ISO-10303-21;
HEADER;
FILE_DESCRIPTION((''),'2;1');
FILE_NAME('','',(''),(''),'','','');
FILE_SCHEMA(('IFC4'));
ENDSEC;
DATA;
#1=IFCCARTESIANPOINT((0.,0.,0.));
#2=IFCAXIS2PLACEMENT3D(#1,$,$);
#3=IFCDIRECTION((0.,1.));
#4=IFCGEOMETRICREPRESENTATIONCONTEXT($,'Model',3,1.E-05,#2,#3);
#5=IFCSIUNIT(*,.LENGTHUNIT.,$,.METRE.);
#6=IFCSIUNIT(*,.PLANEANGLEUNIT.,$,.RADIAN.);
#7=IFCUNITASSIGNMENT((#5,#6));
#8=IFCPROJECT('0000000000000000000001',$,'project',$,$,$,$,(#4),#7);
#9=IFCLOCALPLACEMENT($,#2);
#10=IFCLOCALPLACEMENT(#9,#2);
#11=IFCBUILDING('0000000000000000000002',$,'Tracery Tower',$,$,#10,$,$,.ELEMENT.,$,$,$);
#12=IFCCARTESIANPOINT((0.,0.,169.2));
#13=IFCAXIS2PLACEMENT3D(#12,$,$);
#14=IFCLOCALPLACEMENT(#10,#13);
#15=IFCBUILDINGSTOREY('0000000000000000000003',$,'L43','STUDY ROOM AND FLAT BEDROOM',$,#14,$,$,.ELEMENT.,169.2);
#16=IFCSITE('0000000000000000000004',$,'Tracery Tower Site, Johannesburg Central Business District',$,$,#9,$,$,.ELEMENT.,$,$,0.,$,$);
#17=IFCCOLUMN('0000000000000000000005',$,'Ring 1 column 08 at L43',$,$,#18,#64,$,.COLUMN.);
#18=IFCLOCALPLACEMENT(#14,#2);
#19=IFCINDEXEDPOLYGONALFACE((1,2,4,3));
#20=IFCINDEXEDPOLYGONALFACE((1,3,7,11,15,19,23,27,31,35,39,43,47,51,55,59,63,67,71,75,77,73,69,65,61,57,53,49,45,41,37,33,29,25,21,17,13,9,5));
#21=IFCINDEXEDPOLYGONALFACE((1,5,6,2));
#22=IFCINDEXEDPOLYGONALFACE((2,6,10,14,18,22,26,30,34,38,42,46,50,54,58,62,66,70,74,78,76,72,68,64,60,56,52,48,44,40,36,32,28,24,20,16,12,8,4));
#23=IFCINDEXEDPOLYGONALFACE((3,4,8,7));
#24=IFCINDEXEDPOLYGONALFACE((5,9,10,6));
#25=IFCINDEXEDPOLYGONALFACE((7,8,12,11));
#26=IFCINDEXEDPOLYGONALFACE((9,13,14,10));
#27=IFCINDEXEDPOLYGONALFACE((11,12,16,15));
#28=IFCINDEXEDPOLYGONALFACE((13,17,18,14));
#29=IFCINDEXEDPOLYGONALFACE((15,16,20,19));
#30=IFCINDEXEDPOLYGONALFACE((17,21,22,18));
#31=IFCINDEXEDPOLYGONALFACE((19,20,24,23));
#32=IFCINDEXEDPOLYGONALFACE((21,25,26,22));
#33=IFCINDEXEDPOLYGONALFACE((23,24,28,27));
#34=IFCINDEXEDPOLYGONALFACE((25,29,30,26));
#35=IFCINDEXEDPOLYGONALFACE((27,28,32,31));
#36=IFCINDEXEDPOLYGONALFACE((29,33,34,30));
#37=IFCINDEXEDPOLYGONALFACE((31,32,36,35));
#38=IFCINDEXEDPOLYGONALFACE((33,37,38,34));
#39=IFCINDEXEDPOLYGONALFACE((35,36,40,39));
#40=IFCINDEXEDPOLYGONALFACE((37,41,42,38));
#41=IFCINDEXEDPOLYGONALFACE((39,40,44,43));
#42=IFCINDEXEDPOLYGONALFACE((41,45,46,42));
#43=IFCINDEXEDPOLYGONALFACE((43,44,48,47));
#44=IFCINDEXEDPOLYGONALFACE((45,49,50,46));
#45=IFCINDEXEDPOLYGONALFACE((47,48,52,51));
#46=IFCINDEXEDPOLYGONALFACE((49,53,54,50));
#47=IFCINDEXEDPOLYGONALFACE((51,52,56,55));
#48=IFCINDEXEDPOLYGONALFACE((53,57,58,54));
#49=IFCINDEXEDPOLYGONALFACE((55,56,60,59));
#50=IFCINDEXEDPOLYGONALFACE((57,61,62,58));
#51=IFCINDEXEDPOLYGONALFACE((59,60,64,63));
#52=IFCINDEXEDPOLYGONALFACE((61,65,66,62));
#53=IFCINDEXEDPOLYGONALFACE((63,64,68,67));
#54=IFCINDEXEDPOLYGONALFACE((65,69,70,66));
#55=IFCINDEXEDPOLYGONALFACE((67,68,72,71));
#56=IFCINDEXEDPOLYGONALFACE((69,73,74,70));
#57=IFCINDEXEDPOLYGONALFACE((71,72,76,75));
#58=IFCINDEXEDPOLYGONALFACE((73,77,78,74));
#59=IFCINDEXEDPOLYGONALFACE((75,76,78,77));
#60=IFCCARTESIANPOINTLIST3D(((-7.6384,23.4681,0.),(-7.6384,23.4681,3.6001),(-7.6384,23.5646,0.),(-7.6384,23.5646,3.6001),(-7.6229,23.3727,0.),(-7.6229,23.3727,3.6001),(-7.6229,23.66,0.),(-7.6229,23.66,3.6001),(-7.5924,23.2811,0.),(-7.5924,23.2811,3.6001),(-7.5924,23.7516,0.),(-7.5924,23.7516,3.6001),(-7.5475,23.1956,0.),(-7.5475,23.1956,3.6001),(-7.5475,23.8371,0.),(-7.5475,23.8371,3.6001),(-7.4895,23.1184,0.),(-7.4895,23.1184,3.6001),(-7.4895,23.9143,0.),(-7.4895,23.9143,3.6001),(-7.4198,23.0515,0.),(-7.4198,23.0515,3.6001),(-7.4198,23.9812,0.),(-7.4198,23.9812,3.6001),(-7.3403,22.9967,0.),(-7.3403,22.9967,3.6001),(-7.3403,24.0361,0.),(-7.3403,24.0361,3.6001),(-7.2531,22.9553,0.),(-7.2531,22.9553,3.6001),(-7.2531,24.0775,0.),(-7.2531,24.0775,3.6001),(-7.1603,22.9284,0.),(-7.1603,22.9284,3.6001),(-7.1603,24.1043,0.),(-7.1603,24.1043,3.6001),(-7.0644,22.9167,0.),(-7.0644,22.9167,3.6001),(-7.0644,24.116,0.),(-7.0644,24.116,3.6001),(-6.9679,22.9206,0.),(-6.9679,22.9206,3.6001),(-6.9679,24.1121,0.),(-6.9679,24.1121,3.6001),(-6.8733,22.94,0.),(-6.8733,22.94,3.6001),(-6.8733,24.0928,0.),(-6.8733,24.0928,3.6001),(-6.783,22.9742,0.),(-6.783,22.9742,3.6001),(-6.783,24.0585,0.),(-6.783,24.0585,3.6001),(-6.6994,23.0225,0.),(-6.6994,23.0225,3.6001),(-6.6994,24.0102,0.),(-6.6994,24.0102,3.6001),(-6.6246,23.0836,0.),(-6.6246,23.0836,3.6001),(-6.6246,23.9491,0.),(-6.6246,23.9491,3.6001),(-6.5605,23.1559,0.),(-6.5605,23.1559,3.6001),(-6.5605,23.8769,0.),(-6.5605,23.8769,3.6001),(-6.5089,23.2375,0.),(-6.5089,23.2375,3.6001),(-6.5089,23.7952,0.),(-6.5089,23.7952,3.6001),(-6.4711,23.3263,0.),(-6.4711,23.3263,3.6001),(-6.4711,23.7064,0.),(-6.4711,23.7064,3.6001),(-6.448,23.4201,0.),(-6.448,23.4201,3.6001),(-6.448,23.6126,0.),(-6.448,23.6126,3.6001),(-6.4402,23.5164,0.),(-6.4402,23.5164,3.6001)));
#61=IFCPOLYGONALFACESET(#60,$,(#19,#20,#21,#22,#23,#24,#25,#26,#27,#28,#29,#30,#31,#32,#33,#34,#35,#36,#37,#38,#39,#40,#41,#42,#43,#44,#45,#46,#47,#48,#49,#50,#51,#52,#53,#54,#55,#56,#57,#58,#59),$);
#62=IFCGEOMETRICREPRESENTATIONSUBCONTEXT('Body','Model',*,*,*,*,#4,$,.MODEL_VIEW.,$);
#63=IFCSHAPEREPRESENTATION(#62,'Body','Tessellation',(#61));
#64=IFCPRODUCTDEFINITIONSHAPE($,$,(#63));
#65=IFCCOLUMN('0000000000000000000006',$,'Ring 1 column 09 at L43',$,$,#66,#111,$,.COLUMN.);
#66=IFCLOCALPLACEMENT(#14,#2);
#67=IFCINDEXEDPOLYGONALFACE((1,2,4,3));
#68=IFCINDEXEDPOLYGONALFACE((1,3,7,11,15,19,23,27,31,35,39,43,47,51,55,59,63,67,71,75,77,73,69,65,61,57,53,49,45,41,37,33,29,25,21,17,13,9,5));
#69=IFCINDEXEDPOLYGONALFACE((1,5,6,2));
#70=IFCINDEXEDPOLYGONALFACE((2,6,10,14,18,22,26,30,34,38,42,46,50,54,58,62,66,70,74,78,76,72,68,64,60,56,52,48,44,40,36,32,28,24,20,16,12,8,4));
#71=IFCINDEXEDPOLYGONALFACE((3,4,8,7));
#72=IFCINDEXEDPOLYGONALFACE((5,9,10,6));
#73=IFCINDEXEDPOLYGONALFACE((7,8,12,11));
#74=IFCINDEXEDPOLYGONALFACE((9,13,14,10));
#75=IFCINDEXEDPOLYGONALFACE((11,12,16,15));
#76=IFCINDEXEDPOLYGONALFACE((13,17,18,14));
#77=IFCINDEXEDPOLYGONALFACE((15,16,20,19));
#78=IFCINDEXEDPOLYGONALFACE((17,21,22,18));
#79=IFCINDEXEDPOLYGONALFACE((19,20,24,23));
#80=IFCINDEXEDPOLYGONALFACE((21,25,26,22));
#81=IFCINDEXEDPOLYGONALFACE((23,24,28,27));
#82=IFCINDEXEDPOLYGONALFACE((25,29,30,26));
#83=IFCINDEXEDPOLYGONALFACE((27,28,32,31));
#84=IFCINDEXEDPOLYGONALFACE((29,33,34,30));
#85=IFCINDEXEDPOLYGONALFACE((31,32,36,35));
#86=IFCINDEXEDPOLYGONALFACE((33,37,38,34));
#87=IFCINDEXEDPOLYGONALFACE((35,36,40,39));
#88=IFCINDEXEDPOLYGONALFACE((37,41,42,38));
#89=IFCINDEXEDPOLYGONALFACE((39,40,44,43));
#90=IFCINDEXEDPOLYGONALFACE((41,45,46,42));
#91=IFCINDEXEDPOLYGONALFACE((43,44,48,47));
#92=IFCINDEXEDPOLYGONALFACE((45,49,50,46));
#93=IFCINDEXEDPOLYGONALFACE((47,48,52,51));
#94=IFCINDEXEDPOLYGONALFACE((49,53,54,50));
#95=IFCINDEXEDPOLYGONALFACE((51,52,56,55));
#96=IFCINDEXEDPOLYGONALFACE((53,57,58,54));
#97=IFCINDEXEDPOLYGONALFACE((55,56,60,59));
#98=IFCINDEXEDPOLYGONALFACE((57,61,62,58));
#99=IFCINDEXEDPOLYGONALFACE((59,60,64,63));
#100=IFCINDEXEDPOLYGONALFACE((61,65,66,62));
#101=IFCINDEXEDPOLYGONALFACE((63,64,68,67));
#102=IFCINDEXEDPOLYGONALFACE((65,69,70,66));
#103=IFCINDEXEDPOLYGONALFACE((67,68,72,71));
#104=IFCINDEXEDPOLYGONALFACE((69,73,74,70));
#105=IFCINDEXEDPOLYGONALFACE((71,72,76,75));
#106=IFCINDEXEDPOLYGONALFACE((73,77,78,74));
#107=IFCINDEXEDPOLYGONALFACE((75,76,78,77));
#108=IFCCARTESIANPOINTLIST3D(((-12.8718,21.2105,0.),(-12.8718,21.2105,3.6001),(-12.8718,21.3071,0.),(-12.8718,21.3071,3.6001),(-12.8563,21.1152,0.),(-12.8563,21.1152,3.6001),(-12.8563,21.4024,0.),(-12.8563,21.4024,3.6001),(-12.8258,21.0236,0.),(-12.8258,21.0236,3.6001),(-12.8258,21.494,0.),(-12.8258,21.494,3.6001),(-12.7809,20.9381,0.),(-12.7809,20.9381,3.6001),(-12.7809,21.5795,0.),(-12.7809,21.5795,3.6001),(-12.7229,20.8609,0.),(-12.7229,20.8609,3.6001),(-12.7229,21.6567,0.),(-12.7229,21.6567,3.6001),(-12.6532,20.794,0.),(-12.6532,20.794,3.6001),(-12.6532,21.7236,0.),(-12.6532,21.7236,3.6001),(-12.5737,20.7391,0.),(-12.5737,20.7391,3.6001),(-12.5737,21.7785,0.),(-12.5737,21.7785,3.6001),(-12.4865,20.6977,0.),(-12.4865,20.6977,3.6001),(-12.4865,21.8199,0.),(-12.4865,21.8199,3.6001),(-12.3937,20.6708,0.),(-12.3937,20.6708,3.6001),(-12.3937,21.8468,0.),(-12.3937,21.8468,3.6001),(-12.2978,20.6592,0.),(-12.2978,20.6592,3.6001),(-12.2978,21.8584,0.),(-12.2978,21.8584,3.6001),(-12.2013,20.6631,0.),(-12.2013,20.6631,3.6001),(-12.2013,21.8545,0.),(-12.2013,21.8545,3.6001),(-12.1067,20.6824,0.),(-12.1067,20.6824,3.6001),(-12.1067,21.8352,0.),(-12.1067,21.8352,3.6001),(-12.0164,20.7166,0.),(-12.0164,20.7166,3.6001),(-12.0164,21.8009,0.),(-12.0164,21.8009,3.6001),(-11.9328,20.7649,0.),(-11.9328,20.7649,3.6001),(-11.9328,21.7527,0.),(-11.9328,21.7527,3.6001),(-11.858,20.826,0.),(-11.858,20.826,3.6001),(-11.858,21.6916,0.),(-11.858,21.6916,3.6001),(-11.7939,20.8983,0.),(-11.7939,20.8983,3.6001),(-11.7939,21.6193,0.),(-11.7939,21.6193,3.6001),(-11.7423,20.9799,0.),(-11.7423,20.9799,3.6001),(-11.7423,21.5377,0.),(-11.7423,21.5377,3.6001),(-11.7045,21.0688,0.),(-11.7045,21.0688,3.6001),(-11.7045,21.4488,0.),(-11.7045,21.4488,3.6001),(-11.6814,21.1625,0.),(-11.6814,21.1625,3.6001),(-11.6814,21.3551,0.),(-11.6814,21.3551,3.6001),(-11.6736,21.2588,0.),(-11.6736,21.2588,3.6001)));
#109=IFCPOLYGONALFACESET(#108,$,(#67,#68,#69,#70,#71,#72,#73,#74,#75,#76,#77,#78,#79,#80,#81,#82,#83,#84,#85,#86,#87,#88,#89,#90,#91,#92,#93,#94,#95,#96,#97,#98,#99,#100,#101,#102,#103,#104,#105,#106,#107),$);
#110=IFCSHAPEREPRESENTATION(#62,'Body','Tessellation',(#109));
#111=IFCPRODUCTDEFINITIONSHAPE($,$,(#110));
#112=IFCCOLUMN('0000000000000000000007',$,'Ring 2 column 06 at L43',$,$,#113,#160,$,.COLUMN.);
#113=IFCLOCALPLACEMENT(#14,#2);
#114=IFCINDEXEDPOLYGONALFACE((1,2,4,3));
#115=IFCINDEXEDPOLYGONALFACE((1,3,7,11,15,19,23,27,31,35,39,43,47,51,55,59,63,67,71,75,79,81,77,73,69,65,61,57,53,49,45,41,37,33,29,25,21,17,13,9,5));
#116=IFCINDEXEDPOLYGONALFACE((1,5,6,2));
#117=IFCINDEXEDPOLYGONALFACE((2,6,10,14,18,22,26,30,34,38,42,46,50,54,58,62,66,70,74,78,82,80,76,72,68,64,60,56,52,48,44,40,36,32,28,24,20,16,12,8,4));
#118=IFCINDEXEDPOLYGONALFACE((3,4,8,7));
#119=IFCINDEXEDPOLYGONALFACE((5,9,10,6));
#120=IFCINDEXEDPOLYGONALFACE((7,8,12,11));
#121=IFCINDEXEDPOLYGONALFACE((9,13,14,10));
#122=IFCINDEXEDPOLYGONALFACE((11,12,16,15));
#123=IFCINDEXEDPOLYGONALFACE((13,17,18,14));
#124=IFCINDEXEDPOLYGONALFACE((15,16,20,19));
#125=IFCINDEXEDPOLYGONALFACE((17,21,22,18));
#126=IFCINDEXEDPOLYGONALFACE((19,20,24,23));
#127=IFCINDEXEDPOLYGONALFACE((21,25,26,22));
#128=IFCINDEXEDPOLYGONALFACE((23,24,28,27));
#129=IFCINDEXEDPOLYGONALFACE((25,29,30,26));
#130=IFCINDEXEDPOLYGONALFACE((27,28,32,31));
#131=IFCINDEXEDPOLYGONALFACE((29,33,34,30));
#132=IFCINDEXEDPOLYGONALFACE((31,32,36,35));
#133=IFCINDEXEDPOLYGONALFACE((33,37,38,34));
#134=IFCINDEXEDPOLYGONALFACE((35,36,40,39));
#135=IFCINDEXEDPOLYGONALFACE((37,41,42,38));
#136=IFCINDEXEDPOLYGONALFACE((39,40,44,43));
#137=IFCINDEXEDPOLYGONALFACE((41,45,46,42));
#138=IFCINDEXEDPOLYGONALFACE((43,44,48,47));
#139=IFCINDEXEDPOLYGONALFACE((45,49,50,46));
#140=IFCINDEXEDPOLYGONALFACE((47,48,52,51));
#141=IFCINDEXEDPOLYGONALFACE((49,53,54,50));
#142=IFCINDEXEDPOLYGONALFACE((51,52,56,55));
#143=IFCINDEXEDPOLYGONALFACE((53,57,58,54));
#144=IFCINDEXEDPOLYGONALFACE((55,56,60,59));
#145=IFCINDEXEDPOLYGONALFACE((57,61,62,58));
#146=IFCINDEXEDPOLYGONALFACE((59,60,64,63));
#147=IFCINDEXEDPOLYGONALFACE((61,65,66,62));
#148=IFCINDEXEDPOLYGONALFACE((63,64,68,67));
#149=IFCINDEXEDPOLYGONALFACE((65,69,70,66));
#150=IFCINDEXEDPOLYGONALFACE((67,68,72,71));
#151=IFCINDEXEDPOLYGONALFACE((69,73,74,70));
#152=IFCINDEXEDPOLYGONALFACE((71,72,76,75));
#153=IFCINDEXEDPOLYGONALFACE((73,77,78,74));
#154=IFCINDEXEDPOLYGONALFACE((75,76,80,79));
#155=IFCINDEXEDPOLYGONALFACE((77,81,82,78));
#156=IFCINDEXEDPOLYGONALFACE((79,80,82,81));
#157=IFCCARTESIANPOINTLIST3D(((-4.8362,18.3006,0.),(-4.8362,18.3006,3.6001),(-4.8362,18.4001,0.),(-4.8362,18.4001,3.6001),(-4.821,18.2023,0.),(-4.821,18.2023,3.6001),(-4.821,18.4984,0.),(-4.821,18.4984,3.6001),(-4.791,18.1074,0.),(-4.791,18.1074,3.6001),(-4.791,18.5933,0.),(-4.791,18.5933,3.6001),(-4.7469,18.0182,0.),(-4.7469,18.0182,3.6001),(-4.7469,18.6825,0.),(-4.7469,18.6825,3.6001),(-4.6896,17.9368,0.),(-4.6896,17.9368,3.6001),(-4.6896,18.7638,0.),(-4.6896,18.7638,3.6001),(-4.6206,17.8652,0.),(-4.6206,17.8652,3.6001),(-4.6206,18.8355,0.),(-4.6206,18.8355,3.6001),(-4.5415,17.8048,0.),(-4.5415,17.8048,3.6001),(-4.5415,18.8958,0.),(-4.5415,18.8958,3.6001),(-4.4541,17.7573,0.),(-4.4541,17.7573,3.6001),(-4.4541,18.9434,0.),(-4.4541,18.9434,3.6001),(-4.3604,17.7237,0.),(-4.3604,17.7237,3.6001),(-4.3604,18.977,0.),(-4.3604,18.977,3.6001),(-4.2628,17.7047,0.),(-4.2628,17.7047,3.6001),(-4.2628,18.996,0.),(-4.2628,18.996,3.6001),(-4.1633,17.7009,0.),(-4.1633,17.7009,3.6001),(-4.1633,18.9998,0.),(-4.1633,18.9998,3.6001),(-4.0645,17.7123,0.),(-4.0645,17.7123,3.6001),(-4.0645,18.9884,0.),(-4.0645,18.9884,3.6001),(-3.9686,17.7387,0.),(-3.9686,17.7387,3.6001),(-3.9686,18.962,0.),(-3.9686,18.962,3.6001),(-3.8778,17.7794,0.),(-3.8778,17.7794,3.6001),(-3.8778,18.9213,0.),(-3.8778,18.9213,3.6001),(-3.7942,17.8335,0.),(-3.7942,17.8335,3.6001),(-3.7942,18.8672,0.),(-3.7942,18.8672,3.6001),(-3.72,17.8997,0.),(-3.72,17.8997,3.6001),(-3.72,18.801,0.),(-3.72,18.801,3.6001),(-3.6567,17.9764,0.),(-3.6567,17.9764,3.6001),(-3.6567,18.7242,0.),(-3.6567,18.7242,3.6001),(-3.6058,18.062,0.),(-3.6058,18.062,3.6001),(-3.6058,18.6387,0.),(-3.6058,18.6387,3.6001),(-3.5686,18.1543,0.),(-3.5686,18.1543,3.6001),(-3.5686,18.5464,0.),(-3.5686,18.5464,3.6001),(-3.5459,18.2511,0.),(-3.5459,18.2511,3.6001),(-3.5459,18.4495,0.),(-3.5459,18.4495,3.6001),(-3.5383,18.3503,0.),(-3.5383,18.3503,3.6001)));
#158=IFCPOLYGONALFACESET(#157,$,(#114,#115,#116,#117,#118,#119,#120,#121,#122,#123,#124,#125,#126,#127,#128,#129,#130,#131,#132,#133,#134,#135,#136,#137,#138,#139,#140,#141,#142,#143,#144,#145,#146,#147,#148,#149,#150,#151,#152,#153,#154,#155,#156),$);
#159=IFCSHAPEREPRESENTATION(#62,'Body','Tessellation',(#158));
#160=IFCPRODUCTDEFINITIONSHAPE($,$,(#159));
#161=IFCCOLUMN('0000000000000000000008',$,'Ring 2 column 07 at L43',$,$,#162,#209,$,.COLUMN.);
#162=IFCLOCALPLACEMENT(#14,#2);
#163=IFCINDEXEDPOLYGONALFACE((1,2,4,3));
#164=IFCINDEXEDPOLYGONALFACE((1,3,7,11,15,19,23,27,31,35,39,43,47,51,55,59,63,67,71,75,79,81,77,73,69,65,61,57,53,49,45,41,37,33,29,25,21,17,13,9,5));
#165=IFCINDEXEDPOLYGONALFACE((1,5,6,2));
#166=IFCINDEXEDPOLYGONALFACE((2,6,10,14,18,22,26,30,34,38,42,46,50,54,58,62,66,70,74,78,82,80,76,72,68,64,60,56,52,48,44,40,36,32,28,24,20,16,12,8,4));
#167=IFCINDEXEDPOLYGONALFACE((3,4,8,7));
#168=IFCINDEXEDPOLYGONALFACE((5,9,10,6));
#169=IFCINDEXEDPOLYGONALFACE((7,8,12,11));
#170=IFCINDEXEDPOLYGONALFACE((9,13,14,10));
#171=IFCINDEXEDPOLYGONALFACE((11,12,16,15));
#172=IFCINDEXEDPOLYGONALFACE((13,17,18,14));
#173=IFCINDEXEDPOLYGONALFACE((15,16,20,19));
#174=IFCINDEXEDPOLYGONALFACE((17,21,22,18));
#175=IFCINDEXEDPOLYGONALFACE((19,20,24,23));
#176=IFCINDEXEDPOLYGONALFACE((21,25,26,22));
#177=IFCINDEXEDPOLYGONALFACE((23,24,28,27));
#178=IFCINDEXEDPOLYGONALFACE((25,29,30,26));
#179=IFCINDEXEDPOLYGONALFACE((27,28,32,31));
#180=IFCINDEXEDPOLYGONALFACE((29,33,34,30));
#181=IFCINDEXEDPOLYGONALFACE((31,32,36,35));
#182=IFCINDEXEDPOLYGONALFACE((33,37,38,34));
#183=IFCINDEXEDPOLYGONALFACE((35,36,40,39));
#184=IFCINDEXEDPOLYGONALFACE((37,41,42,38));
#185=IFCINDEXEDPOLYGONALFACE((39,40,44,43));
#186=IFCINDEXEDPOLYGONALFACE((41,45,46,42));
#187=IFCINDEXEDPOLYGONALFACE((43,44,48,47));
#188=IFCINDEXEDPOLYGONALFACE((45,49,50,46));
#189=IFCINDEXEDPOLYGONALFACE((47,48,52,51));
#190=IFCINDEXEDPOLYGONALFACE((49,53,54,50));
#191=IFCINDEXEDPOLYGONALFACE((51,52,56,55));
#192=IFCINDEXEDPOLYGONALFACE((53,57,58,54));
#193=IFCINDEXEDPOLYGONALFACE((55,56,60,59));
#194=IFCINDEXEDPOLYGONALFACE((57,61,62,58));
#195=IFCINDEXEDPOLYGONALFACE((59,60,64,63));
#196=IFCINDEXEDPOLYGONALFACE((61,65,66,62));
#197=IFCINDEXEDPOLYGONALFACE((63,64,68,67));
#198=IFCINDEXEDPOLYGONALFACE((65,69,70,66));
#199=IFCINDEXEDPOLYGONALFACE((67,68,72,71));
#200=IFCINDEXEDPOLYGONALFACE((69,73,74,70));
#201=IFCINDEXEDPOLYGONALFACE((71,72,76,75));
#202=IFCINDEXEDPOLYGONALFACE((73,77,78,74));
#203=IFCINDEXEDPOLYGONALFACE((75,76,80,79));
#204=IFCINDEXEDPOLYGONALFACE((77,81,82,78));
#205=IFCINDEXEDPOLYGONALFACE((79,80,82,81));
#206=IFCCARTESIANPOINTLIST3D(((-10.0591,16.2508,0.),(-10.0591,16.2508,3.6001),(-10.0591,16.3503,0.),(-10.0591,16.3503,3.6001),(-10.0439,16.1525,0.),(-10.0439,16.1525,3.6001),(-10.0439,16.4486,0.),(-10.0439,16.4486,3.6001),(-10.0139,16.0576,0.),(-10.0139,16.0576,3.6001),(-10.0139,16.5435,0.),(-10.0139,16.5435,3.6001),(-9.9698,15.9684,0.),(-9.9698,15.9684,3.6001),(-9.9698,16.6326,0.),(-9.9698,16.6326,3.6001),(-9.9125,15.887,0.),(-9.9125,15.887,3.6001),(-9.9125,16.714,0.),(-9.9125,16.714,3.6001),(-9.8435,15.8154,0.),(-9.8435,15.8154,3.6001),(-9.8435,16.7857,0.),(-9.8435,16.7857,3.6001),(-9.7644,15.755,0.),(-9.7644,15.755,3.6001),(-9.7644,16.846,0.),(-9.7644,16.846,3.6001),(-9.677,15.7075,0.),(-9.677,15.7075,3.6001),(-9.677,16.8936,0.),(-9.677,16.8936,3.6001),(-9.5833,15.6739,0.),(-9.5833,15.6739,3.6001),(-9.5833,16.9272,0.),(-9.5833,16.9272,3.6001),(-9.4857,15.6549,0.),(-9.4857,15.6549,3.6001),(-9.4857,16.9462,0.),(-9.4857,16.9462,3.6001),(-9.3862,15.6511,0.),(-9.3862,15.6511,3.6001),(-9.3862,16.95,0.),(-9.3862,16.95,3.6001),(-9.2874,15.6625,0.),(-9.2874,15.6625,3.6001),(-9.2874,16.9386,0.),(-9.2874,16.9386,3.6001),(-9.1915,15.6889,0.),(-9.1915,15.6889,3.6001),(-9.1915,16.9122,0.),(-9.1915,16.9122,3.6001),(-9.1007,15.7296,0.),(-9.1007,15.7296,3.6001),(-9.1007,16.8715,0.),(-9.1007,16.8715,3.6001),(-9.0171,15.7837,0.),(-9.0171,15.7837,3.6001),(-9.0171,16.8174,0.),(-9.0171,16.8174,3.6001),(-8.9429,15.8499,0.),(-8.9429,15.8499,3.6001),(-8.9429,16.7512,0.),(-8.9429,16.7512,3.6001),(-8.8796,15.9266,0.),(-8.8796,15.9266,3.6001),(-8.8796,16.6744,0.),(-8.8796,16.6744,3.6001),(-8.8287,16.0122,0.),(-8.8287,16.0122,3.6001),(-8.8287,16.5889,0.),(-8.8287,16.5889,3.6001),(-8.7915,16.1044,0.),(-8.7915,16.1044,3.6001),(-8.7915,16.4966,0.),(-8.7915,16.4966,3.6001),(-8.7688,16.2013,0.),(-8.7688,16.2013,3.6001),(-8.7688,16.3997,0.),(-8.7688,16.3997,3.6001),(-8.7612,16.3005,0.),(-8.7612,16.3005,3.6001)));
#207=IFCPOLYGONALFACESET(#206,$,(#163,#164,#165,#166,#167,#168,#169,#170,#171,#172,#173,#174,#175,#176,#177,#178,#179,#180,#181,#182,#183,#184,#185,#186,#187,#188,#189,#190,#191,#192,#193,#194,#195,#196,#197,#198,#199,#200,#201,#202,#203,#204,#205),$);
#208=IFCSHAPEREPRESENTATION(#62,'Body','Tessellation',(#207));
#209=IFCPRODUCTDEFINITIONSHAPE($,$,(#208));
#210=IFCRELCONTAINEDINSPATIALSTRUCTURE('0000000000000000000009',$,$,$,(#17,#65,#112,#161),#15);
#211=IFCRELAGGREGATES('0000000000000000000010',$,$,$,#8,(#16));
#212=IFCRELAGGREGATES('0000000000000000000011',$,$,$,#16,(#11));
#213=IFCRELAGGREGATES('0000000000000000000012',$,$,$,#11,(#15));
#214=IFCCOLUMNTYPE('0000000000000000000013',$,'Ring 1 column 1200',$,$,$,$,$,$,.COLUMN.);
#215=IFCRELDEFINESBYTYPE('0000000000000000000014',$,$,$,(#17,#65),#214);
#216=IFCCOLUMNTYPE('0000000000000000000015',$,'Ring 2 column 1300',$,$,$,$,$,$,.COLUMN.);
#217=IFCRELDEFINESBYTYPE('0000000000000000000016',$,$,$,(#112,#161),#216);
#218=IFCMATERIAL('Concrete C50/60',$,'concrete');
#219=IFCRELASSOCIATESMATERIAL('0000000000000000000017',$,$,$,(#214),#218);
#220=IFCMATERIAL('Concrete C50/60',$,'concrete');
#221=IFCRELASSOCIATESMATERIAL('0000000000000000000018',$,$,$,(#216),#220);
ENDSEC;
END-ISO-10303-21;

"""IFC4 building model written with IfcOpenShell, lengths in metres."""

from ifc_helpers import new_model, si_unit, direction, frame, origin, origin_2d, place, context, subcontext, project, spatial, circle, extrude, material, material_profile, profile_set, type_object, element, save


model = new_model("IFC4")

# Units and contexts
model_context = context("Model", 3, precision=1e-05, world=origin(), true_north=direction((0.0, 1.0)))
body_context = subcontext(model_context, "Body", "Model", "MODEL_VIEW")
ifc_project = project(units=[si_unit("LENGTHUNIT", "METRE"), si_unit("PLANEANGLEUNIT", "RADIAN")], contexts=[model_context])

# Site, building, storey
site_placement = place(None, origin())
site = spatial("IfcSite", under=ifc_project, at=site_placement, Name="Tracery Tower Site, Johannesburg Central Business District", CompositionType="ELEMENT", RefElevation=0.0)
building_placement = place(site_placement, origin())
building = spatial("IfcBuilding", under=site, at=building_placement, Name="Tracery Tower", CompositionType="ELEMENT")
storey_placement = place(building_placement, frame((0.0, 0.0, 169.2)))
storey = spatial("IfcBuildingStorey", under=building, at=storey_placement, Name="L43", Description="STUDY ROOM AND FLAT BEDROOM", CompositionType="ELEMENT", Elevation=169.2)

# Columns
ifc_material_1 = material(Name="Concrete C50/60", Category="concrete")
ifc_material_profile_1 = material_profile(ifc_material_1, circle(Radius=0.6001, at=origin_2d()), Name="RC D1200")
ifc_profile_set_1 = profile_set([ifc_material_profile_1], Name="Concrete C50/60")
column_type_1 = type_object("IfcColumnType", Name="Ring 1 column 1200", PredefinedType="COLUMN", material=ifc_profile_set_1)
for number, where, z_axis, x_axis, name in (
    (1, (-7.0403, 23.5164, 0.0), (0.0, 0.0, 1.0), (1.0, 0.0, 0.0), "Ring 1 column 08 at L43"),
    (2, (-12.2737, 21.2588, 0.0), (0.0, 0.0, 1.0), (1.0, 0.0, 0.0), "Ring 1 column 09 at L43"),
):
    element("IfcColumn", number, at=place(storey_placement, frame(where, z_axis=z_axis, x_axis=x_axis)), inside=storey, type_object=column_type_1, Name=name, PredefinedType="COLUMN", context=body_context, shape_type="SweptSolid", body=[
        extrude(circle(Radius=0.6001, at=origin_2d()), origin(), (0.0, 0.0, 1.0), 3.6001),
    ])
ifc_material_2 = material(Name="Concrete C50/60", Category="concrete")
ifc_material_profile_2 = material_profile(ifc_material_2, circle(Radius=0.6499, at=origin_2d()), Name="RC D1300")
ifc_profile_set_2 = profile_set([ifc_material_profile_2], Name="Concrete C50/60")
column_type_2 = type_object("IfcColumnType", Name="Ring 2 column 1300", PredefinedType="COLUMN", material=ifc_profile_set_2)
for number, where, z_axis, x_axis, name in (
    (3, (-4.1882, 18.3503, 0.0), (0.0, 0.0, 1.0), (1.0, 0.0, 0.0), "Ring 2 column 06 at L43"),
    (4, (-9.4111, 16.3005, 0.0), (0.0, 0.0, 1.0), (1.0, 0.0, 0.0), "Ring 2 column 07 at L43"),
):
    element("IfcColumn", number, at=place(storey_placement, frame(where, z_axis=z_axis, x_axis=x_axis)), inside=storey, type_object=column_type_2, Name=name, PredefinedType="COLUMN", context=body_context, shape_type="SweptSolid", body=[
        extrude(circle(Radius=0.6499, at=origin_2d()), origin(), (0.0, 0.0, 1.0), 3.6001),
    ])

save(model, "model.ifc")
